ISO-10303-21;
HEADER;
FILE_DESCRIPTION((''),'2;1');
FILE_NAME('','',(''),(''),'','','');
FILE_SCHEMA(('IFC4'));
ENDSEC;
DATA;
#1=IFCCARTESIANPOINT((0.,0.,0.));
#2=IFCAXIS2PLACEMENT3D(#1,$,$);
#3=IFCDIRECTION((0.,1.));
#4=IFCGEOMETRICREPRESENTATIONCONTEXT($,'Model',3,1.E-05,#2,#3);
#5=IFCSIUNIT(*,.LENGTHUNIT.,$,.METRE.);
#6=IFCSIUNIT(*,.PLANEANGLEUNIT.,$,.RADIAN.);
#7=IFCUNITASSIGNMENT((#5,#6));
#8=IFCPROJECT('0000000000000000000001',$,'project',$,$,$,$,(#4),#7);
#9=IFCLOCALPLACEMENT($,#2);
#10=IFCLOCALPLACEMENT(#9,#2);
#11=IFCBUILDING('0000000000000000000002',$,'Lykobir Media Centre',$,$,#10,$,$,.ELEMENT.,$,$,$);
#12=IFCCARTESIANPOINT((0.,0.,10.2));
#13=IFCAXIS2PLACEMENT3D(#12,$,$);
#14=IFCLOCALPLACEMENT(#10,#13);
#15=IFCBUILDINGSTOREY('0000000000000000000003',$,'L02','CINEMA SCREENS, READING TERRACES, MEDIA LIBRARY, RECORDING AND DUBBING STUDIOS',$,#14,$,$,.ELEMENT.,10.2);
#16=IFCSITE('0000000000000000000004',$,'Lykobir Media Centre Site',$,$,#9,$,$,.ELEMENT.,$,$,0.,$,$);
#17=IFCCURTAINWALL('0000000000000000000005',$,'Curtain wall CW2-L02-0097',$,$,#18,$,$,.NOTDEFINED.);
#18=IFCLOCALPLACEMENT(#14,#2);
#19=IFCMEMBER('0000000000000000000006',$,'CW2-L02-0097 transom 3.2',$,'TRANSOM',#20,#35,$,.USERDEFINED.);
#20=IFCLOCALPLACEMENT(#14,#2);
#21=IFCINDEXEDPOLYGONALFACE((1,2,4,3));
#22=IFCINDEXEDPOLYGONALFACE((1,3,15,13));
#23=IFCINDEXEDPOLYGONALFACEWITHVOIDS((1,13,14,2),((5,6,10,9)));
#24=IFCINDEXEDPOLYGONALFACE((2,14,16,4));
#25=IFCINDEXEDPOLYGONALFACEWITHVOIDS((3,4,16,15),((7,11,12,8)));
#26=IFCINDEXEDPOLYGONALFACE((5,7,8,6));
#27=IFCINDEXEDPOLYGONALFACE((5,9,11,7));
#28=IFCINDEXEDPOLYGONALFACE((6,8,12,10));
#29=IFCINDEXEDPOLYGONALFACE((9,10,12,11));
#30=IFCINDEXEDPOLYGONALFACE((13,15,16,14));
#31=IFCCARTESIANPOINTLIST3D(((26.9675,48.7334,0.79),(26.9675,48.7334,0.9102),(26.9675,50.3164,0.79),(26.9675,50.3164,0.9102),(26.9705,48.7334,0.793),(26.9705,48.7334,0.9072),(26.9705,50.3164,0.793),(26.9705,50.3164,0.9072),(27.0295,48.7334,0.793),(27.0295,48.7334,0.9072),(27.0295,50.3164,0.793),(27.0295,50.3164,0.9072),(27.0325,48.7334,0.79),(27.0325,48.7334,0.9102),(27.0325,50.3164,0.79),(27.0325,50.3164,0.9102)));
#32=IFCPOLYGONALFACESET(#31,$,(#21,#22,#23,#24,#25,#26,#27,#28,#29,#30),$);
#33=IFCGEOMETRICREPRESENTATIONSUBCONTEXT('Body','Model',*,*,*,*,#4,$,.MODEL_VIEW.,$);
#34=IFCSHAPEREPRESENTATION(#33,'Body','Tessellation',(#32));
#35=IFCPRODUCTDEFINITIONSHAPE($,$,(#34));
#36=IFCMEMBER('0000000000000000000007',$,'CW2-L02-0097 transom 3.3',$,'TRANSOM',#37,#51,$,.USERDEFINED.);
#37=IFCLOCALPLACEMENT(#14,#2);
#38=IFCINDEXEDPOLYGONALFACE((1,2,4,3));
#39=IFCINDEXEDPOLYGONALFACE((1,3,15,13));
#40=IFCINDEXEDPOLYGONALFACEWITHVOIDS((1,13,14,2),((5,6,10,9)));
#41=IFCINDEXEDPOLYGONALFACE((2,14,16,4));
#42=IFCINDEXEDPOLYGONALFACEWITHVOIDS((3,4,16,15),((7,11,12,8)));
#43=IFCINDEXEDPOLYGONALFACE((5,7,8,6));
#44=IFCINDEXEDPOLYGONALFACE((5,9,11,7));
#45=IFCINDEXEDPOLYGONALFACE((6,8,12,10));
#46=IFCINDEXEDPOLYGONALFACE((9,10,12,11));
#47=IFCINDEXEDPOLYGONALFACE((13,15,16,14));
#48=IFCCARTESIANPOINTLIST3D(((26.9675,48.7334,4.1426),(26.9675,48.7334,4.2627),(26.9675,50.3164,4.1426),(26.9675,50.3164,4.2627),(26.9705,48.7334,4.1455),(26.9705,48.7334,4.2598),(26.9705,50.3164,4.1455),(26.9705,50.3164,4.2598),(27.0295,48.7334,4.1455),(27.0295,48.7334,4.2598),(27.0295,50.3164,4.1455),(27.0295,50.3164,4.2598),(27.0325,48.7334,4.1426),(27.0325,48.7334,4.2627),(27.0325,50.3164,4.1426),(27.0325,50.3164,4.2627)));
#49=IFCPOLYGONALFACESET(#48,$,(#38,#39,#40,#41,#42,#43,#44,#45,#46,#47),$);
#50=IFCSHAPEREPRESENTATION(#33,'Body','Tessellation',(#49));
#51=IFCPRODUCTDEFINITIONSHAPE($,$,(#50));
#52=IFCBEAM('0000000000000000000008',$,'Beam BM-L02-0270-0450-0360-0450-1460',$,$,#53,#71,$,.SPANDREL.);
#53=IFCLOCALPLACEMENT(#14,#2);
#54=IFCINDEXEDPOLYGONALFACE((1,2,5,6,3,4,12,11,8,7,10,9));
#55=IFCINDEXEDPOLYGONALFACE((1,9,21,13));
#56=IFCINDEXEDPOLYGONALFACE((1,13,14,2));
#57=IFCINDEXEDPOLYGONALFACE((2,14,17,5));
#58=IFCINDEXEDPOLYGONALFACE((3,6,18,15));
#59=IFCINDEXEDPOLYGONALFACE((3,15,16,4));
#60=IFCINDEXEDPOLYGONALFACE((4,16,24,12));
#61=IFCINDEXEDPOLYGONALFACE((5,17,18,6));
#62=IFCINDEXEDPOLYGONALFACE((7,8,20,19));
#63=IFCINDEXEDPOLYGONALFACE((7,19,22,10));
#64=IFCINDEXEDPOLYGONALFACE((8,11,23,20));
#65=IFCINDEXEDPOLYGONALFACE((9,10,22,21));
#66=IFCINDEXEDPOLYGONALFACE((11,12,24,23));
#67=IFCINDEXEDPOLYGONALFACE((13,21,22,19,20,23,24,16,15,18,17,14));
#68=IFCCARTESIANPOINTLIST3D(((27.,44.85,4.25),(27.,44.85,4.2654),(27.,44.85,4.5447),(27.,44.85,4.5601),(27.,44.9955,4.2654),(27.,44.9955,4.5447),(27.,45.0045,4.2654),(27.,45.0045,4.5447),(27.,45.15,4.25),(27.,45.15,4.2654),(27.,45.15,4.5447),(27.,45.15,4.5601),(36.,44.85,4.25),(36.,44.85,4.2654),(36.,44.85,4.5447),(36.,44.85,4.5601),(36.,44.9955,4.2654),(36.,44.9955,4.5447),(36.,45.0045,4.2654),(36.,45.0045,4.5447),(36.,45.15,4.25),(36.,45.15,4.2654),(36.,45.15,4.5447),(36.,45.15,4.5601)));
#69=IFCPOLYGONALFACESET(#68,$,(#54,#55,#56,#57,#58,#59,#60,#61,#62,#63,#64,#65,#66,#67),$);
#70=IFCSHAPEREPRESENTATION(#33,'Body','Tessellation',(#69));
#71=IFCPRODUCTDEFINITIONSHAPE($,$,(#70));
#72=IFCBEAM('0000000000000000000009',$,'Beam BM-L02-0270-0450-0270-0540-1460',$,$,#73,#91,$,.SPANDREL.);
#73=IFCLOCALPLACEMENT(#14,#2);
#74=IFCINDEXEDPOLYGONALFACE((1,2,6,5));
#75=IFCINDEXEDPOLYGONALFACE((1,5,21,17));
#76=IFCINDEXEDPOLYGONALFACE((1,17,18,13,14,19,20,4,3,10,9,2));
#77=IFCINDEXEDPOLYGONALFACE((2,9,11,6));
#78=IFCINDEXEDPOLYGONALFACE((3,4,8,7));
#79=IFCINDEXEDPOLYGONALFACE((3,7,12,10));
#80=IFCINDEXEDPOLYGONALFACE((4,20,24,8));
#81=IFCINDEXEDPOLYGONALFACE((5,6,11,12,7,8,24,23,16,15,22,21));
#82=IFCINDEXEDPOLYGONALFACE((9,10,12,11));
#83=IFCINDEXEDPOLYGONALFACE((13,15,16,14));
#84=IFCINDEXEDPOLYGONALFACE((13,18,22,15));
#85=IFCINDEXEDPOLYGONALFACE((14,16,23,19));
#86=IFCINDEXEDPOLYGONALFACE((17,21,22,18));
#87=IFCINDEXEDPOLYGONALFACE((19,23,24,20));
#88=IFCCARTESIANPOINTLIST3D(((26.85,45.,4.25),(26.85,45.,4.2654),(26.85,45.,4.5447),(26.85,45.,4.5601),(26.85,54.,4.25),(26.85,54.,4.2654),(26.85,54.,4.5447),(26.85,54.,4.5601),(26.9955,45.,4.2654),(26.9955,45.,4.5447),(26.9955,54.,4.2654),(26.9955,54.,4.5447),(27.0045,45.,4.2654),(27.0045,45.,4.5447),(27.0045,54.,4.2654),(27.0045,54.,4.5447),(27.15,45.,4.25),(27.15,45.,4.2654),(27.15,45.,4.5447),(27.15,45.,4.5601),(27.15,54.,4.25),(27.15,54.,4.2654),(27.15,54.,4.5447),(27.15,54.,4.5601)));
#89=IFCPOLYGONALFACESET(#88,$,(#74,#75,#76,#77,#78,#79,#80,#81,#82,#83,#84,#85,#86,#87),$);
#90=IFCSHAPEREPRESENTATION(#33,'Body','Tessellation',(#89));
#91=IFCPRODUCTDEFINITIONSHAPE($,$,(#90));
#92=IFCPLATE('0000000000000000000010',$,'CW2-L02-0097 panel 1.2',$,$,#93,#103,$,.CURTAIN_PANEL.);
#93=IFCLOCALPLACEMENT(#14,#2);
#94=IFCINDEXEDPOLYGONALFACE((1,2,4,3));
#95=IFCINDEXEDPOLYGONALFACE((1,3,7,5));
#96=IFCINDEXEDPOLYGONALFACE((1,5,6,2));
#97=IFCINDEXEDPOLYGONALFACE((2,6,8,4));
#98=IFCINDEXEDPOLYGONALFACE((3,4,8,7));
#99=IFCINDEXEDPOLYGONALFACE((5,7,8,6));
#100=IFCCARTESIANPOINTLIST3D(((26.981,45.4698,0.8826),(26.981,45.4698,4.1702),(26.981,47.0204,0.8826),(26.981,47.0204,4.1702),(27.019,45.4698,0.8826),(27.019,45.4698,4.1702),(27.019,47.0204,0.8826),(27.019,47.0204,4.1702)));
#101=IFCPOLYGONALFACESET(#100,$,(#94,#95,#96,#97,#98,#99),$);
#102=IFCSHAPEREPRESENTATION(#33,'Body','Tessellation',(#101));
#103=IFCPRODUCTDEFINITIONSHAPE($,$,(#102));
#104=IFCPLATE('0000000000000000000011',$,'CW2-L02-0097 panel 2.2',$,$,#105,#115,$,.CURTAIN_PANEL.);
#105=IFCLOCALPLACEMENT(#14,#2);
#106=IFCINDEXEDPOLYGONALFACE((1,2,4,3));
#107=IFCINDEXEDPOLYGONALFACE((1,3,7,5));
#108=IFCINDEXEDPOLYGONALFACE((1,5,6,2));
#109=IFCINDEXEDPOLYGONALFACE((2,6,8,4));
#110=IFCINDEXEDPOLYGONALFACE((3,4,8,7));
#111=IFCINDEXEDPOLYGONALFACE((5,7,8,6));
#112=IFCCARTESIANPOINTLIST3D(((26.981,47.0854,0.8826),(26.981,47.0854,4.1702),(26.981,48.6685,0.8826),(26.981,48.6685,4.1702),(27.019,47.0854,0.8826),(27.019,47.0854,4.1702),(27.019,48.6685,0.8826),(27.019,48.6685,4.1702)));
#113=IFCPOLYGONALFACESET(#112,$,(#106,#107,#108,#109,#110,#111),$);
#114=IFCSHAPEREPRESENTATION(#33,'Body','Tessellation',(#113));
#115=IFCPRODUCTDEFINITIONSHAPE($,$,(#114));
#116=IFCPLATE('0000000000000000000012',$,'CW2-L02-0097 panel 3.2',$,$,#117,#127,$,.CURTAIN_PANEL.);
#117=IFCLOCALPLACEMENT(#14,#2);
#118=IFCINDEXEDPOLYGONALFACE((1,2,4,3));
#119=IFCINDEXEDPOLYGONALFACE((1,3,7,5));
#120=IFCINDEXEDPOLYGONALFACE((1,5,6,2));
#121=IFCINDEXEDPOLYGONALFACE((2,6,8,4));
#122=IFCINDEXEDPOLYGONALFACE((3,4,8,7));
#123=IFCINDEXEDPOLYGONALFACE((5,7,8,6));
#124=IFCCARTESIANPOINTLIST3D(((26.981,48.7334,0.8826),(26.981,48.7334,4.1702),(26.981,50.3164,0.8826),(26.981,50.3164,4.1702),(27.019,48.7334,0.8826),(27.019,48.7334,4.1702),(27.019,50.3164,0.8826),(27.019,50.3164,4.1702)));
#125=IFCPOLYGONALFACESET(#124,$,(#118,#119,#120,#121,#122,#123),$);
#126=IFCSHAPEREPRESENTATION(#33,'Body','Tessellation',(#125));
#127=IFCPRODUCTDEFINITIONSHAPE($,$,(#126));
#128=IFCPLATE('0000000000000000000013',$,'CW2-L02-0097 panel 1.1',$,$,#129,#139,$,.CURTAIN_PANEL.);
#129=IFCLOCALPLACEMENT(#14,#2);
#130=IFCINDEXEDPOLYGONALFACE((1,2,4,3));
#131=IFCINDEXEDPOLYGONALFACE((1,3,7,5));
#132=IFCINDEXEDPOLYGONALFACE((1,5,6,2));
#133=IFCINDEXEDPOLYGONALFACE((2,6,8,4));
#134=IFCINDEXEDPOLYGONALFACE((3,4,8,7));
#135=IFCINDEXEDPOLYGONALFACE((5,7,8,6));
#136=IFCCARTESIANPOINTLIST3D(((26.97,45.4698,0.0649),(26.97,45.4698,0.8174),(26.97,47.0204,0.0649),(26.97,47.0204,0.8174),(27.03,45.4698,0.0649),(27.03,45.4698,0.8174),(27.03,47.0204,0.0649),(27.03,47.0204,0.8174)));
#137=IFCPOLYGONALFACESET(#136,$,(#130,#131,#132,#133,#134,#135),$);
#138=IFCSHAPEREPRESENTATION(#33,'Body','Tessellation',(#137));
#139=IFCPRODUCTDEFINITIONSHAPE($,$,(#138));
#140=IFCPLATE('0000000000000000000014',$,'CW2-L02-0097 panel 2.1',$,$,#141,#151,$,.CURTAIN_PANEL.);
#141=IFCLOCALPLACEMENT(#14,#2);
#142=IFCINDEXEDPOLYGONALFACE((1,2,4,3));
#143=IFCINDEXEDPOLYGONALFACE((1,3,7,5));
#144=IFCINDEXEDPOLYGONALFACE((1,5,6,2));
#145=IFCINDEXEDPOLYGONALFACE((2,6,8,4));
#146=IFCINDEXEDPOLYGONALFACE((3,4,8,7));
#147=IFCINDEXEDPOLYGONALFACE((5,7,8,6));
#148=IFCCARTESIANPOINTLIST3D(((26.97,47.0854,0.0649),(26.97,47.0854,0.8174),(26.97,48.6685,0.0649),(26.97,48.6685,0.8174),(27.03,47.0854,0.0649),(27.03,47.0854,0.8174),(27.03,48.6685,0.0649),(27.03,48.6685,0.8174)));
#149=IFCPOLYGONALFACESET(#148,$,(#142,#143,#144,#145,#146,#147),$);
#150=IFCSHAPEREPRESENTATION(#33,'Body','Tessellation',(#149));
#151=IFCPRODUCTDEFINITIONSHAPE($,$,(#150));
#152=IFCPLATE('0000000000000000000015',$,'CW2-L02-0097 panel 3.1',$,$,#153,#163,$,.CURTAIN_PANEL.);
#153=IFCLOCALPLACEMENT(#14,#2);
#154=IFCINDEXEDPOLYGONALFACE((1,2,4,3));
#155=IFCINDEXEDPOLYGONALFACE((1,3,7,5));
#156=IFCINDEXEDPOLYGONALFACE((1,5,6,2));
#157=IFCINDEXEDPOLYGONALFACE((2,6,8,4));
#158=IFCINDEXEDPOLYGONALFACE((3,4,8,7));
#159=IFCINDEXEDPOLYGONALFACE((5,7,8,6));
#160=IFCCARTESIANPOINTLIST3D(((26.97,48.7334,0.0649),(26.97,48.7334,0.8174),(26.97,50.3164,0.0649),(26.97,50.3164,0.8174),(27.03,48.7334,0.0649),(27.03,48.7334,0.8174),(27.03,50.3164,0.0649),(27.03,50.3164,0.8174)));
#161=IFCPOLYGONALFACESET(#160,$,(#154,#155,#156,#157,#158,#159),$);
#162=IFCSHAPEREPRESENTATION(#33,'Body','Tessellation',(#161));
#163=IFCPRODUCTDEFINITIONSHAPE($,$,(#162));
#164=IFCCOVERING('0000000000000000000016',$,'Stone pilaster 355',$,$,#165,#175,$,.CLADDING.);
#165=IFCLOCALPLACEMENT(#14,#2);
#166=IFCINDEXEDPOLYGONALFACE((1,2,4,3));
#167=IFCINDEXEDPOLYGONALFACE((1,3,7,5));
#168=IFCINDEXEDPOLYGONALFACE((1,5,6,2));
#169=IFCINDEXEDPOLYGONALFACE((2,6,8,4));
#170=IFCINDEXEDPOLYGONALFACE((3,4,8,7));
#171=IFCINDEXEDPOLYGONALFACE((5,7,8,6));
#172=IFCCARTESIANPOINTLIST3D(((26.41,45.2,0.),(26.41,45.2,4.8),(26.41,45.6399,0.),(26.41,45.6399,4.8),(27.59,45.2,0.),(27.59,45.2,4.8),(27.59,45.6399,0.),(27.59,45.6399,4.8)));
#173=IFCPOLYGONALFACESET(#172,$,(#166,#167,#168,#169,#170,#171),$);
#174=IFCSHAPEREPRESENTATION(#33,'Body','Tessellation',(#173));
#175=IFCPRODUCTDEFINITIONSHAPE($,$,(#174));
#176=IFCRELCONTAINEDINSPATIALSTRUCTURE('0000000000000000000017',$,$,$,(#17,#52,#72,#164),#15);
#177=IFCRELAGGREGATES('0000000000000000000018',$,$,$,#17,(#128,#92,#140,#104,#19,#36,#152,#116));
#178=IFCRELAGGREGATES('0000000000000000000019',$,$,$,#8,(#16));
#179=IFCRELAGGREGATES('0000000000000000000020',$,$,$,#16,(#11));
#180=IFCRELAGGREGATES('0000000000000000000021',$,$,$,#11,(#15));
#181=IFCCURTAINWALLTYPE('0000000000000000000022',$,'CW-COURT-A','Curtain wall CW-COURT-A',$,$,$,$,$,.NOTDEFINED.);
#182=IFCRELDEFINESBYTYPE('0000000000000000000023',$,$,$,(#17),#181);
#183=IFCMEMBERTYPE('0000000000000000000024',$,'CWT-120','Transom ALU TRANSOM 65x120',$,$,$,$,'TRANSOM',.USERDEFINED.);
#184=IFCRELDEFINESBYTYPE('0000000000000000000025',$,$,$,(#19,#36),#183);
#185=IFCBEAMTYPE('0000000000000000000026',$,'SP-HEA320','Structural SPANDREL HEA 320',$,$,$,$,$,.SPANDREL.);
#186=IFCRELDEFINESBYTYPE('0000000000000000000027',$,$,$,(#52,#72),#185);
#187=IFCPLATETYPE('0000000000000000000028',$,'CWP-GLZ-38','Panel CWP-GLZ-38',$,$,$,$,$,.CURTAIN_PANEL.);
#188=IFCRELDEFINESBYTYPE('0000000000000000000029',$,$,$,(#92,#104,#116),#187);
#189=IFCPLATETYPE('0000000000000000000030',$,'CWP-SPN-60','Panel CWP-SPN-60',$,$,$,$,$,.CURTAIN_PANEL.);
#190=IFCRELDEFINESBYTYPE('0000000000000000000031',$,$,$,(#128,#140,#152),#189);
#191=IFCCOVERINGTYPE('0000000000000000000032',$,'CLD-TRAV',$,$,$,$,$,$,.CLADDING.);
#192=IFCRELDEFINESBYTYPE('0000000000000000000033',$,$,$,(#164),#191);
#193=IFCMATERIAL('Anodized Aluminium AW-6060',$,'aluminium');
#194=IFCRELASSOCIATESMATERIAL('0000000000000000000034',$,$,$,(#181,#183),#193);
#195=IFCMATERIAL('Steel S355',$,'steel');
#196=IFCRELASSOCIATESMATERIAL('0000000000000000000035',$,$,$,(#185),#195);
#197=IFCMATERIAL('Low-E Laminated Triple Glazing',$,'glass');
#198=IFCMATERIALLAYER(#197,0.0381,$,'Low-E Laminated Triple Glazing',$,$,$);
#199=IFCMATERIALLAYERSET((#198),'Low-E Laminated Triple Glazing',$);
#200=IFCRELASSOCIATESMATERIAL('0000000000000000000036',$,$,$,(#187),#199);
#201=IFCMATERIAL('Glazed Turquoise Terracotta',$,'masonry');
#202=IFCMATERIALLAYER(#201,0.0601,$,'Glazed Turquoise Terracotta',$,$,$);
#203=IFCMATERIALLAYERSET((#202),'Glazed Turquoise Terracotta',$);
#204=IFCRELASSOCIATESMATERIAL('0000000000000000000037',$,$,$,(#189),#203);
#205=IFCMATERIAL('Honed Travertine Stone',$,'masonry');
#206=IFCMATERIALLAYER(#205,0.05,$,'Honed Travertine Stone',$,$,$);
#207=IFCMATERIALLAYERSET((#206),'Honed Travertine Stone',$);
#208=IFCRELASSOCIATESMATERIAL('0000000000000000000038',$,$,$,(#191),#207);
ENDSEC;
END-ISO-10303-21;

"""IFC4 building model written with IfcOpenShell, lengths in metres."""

from ifc_helpers import new_model, si_unit, direction, frame, origin, origin_2d, place, context, subcontext, project, spatial, rectangle, hollow_rectangle, i_section, extrude, material, layer, layer_set, material_profile, profile_set, type_object, element, aggregate, save


model = new_model("IFC4")

# Units and contexts
model_context = context("Model", 3, precision=1e-05, world=origin(), true_north=direction((0.0, 1.0)))
body_context = subcontext(model_context, "Body", "Model", "MODEL_VIEW")
ifc_project = project(units=[si_unit("LENGTHUNIT", "METRE"), si_unit("PLANEANGLEUNIT", "RADIAN")], contexts=[model_context])

# Site, building, storey
site_placement = place(None, origin())
site = spatial("IfcSite", under=ifc_project, at=site_placement, Name="Lykobir Media Centre Site", CompositionType="ELEMENT", RefElevation=0.0)
building_placement = place(site_placement, origin())
building = spatial("IfcBuilding", under=site, at=building_placement, Name="Lykobir Media Centre", CompositionType="ELEMENT")
storey_placement = place(building_placement, frame((0.0, 0.0, 10.2)))
storey = spatial("IfcBuildingStorey", under=building, at=storey_placement, Name="L02", Description="CINEMA SCREENS, READING TERRACES, MEDIA LIBRARY, RECORDING AND DUBBING STUDIOS", CompositionType="ELEMENT", Elevation=10.2)

# Curtain wall, members
ifc_material_1 = material(Name="Anodized Aluminium AW-6060", Category="aluminium")
curtain_wall_type = type_object("IfcCurtainWallType", Name="CW-COURT-A", Description="Curtain wall CW-COURT-A", PredefinedType="NOTDEFINED", material=ifc_material_1)
curtain_wall_placement = place(storey_placement, origin())
curtain_wall = element("IfcCurtainWall", 1, at=curtain_wall_placement, inside=storey, type_object=curtain_wall_type, Name="Curtain wall CW2-L02-0097", PredefinedType="NOTDEFINED")
ifc_material_profile_1 = material_profile(ifc_material_1, hollow_rectangle(XDim=0.0649, YDim=0.1201, WallThickness=0.0029, at=origin_2d()), Name="ALU TRANSOM 65x120")
ifc_profile_set_1 = profile_set([ifc_material_profile_1], Name="Anodized Aluminium AW-6060")
member_type_1 = type_object("IfcMemberType", Name="CWT-120", Description="Transom ALU TRANSOM 65x120", ElementType="TRANSOM", PredefinedType="USERDEFINED", material=ifc_profile_set_1)
member_1_placement = place(storey_placement, frame((27.0, 48.7334, 0.8501), z_axis=(0.0, 1.0, 0.0), x_axis=(-1.0, 0.0, 0.0)))
member_1 = element("IfcMember", 2, at=member_1_placement, type_object=member_type_1, Name="CW2-L02-0097 transom 3.2", ObjectType="TRANSOM", PredefinedType="USERDEFINED", context=body_context, shape_type="SweptSolid", body=[
    extrude(hollow_rectangle(XDim=0.0649, YDim=0.1201, WallThickness=0.0029, at=origin_2d()), origin(), (0.0, 0.0, 1.0), 1.583),
])
member_2_placement = place(storey_placement, frame((27.0, 48.7334, 4.2026), z_axis=(0.0, 1.0, 0.0), x_axis=(-1.0, 0.0, 0.0)))
member_2 = element("IfcMember", 3, at=member_2_placement, type_object=member_type_1, Name="CW2-L02-0097 transom 3.3", ObjectType="TRANSOM", PredefinedType="USERDEFINED", context=body_context, shape_type="SweptSolid", body=[
    extrude(hollow_rectangle(XDim=0.0649, YDim=0.1201, WallThickness=0.0029, at=origin_2d()), origin(), (0.0, 0.0, 1.0), 1.583),
])

# Beams
ifc_material_2 = material(Name="Steel S355", Category="steel")
ifc_material_profile_2 = material_profile(ifc_material_2, i_section(OverallWidth=0.3, OverallDepth=0.3101, WebThickness=0.009, FlangeThickness=0.0154, at=origin_2d()), Name="HEA 320")
ifc_profile_set_2 = profile_set([ifc_material_profile_2], Name="Steel S355")
beam_type = type_object("IfcBeamType", Name="SP-HEA320", Description="Structural SPANDREL HEA 320", PredefinedType="SPANDREL", material=ifc_profile_set_2)
for number, where, z_axis, x_axis, name in (
    (4, (27.0, 45.0, 4.405), (1.0, 0.0, 0.0), (0.0, 1.0, 0.0), "Beam BM-L02-0270-0450-0360-0450-1460"),
    (5, (27.0, 45.0, 4.405), (0.0, 1.0, 0.0), (-1.0, 0.0, 0.0), "Beam BM-L02-0270-0450-0270-0540-1460"),
):
    element("IfcBeam", number, at=place(storey_placement, frame(where, z_axis=z_axis, x_axis=x_axis)), inside=storey, type_object=beam_type, Name=name, PredefinedType="SPANDREL", context=body_context, shape_type="SweptSolid", body=[
        extrude(i_section(OverallWidth=0.3, OverallDepth=0.3101, WebThickness=0.009, FlangeThickness=0.0154, at=origin_2d()), origin(), (0.0, 0.0, 1.0), 9.0),
    ])

# Plates
ifc_material_3 = material(Name="Low-E Laminated Triple Glazing", Category="glass")
ifc_layer_1 = layer(ifc_material_3, 0.0381, Name="Low-E Laminated Triple Glazing")
ifc_layer_set_1 = layer_set([ifc_layer_1], Name="Low-E Laminated Triple Glazing")
plate_type_1 = type_object("IfcPlateType", Name="CWP-GLZ-38", Description="Panel CWP-GLZ-38", PredefinedType="CURTAIN_PANEL", material=ifc_layer_set_1)
plate_1_placement = place(storey_placement, frame((27.0, 46.2451, 0.8826), z_axis=(0.0, 0.0, 1.0), x_axis=(0.0, 1.0, 0.0)))
plate_1 = element("IfcPlate", 6, at=plate_1_placement, type_object=plate_type_1, Name="CW2-L02-0097 panel 1.2", PredefinedType="CURTAIN_PANEL", context=body_context, shape_type="SweptSolid", body=[
    extrude(rectangle(XDim=1.5505, YDim=0.0381, at=origin_2d()), origin(), (0.0, 0.0, 1.0), 3.2876),
])
plate_2_placement = place(storey_placement, frame((27.0, 47.877, 0.8826), z_axis=(0.0, 0.0, 1.0), x_axis=(0.0, 1.0, 0.0)))
plate_2 = element("IfcPlate", 7, at=plate_2_placement, type_object=plate_type_1, Name="CW2-L02-0097 panel 2.2", PredefinedType="CURTAIN_PANEL", context=body_context, shape_type="SweptSolid", body=[
    extrude(rectangle(XDim=1.583, YDim=0.0381, at=origin_2d()), origin(), (0.0, 0.0, 1.0), 3.2876),
])
plate_3_placement = place(storey_placement, frame((27.0, 49.5249, 0.8826), z_axis=(0.0, 0.0, 1.0), x_axis=(0.0, 1.0, 0.0)))
plate_3 = element("IfcPlate", 8, at=plate_3_placement, type_object=plate_type_1, Name="CW2-L02-0097 panel 3.2", PredefinedType="CURTAIN_PANEL", context=body_context, shape_type="SweptSolid", body=[
    extrude(rectangle(XDim=1.583, YDim=0.0381, at=origin_2d()), origin(), (0.0, 0.0, 1.0), 3.2876),
])
ifc_material_4 = material(Name="Glazed Turquoise Terracotta", Category="masonry")
ifc_layer_2 = layer(ifc_material_4, 0.0601, Name="Glazed Turquoise Terracotta")
ifc_layer_set_2 = layer_set([ifc_layer_2], Name="Glazed Turquoise Terracotta")
plate_type_2 = type_object("IfcPlateType", Name="CWP-SPN-60", Description="Panel CWP-SPN-60", PredefinedType="CURTAIN_PANEL", material=ifc_layer_set_2)
plate_4_placement = place(storey_placement, frame((27.0, 46.2451, 0.0649), z_axis=(0.0, 0.0, 1.0), x_axis=(0.0, 1.0, 0.0)))
plate_4 = element("IfcPlate", 9, at=plate_4_placement, type_object=plate_type_2, Name="CW2-L02-0097 panel 1.1", PredefinedType="CURTAIN_PANEL", context=body_context, shape_type="SweptSolid", body=[
    extrude(rectangle(XDim=1.5505, YDim=0.0601, at=origin_2d()), origin(), (0.0, 0.0, 1.0), 0.7524),
])
plate_5_placement = place(storey_placement, frame((27.0, 47.877, 0.0649), z_axis=(0.0, 0.0, 1.0), x_axis=(0.0, 1.0, 0.0)))
plate_5 = element("IfcPlate", 10, at=plate_5_placement, type_object=plate_type_2, Name="CW2-L02-0097 panel 2.1", PredefinedType="CURTAIN_PANEL", context=body_context, shape_type="SweptSolid", body=[
    extrude(rectangle(XDim=1.583, YDim=0.0601, at=origin_2d()), origin(), (0.0, 0.0, 1.0), 0.7524),
])
plate_6_placement = place(storey_placement, frame((27.0, 49.5249, 0.0649), z_axis=(0.0, 0.0, 1.0), x_axis=(0.0, 1.0, 0.0)))
plate_6 = element("IfcPlate", 11, at=plate_6_placement, type_object=plate_type_2, Name="CW2-L02-0097 panel 3.1", PredefinedType="CURTAIN_PANEL", context=body_context, shape_type="SweptSolid", body=[
    extrude(rectangle(XDim=1.583, YDim=0.0601, at=origin_2d()), origin(), (0.0, 0.0, 1.0), 0.7524),
])
aggregate(curtain_wall, [plate_4, plate_1, plate_5, plate_2, member_1, member_2, plate_6, plate_3])

# Covering
ifc_material_5 = material(Name="Honed Travertine Stone", Category="masonry")
ifc_layer_3 = layer(ifc_material_5, 0.05, Name="Honed Travertine Stone")
ifc_layer_set_3 = layer_set([ifc_layer_3], Name="Honed Travertine Stone")
covering_type = type_object("IfcCoveringType", Name="CLD-TRAV", PredefinedType="CLADDING", material=ifc_layer_set_3)
covering_placement = place(storey_placement, frame((27.0, 45.4199, 0.0), z_axis=(0.0, 0.0, 1.0), x_axis=(-1.0, 0.0, 0.0)))
element("IfcCovering", 12, at=covering_placement, inside=storey, type_object=covering_type, Name="Stone pilaster 355", PredefinedType="CLADDING", context=body_context, shape_type="SweptSolid", body=[
    extrude(rectangle(XDim=1.1799, YDim=0.4399, at=origin_2d()), origin(), (0.0, 0.0, 1.0), 4.8),
])

save(model, "model.ifc")
